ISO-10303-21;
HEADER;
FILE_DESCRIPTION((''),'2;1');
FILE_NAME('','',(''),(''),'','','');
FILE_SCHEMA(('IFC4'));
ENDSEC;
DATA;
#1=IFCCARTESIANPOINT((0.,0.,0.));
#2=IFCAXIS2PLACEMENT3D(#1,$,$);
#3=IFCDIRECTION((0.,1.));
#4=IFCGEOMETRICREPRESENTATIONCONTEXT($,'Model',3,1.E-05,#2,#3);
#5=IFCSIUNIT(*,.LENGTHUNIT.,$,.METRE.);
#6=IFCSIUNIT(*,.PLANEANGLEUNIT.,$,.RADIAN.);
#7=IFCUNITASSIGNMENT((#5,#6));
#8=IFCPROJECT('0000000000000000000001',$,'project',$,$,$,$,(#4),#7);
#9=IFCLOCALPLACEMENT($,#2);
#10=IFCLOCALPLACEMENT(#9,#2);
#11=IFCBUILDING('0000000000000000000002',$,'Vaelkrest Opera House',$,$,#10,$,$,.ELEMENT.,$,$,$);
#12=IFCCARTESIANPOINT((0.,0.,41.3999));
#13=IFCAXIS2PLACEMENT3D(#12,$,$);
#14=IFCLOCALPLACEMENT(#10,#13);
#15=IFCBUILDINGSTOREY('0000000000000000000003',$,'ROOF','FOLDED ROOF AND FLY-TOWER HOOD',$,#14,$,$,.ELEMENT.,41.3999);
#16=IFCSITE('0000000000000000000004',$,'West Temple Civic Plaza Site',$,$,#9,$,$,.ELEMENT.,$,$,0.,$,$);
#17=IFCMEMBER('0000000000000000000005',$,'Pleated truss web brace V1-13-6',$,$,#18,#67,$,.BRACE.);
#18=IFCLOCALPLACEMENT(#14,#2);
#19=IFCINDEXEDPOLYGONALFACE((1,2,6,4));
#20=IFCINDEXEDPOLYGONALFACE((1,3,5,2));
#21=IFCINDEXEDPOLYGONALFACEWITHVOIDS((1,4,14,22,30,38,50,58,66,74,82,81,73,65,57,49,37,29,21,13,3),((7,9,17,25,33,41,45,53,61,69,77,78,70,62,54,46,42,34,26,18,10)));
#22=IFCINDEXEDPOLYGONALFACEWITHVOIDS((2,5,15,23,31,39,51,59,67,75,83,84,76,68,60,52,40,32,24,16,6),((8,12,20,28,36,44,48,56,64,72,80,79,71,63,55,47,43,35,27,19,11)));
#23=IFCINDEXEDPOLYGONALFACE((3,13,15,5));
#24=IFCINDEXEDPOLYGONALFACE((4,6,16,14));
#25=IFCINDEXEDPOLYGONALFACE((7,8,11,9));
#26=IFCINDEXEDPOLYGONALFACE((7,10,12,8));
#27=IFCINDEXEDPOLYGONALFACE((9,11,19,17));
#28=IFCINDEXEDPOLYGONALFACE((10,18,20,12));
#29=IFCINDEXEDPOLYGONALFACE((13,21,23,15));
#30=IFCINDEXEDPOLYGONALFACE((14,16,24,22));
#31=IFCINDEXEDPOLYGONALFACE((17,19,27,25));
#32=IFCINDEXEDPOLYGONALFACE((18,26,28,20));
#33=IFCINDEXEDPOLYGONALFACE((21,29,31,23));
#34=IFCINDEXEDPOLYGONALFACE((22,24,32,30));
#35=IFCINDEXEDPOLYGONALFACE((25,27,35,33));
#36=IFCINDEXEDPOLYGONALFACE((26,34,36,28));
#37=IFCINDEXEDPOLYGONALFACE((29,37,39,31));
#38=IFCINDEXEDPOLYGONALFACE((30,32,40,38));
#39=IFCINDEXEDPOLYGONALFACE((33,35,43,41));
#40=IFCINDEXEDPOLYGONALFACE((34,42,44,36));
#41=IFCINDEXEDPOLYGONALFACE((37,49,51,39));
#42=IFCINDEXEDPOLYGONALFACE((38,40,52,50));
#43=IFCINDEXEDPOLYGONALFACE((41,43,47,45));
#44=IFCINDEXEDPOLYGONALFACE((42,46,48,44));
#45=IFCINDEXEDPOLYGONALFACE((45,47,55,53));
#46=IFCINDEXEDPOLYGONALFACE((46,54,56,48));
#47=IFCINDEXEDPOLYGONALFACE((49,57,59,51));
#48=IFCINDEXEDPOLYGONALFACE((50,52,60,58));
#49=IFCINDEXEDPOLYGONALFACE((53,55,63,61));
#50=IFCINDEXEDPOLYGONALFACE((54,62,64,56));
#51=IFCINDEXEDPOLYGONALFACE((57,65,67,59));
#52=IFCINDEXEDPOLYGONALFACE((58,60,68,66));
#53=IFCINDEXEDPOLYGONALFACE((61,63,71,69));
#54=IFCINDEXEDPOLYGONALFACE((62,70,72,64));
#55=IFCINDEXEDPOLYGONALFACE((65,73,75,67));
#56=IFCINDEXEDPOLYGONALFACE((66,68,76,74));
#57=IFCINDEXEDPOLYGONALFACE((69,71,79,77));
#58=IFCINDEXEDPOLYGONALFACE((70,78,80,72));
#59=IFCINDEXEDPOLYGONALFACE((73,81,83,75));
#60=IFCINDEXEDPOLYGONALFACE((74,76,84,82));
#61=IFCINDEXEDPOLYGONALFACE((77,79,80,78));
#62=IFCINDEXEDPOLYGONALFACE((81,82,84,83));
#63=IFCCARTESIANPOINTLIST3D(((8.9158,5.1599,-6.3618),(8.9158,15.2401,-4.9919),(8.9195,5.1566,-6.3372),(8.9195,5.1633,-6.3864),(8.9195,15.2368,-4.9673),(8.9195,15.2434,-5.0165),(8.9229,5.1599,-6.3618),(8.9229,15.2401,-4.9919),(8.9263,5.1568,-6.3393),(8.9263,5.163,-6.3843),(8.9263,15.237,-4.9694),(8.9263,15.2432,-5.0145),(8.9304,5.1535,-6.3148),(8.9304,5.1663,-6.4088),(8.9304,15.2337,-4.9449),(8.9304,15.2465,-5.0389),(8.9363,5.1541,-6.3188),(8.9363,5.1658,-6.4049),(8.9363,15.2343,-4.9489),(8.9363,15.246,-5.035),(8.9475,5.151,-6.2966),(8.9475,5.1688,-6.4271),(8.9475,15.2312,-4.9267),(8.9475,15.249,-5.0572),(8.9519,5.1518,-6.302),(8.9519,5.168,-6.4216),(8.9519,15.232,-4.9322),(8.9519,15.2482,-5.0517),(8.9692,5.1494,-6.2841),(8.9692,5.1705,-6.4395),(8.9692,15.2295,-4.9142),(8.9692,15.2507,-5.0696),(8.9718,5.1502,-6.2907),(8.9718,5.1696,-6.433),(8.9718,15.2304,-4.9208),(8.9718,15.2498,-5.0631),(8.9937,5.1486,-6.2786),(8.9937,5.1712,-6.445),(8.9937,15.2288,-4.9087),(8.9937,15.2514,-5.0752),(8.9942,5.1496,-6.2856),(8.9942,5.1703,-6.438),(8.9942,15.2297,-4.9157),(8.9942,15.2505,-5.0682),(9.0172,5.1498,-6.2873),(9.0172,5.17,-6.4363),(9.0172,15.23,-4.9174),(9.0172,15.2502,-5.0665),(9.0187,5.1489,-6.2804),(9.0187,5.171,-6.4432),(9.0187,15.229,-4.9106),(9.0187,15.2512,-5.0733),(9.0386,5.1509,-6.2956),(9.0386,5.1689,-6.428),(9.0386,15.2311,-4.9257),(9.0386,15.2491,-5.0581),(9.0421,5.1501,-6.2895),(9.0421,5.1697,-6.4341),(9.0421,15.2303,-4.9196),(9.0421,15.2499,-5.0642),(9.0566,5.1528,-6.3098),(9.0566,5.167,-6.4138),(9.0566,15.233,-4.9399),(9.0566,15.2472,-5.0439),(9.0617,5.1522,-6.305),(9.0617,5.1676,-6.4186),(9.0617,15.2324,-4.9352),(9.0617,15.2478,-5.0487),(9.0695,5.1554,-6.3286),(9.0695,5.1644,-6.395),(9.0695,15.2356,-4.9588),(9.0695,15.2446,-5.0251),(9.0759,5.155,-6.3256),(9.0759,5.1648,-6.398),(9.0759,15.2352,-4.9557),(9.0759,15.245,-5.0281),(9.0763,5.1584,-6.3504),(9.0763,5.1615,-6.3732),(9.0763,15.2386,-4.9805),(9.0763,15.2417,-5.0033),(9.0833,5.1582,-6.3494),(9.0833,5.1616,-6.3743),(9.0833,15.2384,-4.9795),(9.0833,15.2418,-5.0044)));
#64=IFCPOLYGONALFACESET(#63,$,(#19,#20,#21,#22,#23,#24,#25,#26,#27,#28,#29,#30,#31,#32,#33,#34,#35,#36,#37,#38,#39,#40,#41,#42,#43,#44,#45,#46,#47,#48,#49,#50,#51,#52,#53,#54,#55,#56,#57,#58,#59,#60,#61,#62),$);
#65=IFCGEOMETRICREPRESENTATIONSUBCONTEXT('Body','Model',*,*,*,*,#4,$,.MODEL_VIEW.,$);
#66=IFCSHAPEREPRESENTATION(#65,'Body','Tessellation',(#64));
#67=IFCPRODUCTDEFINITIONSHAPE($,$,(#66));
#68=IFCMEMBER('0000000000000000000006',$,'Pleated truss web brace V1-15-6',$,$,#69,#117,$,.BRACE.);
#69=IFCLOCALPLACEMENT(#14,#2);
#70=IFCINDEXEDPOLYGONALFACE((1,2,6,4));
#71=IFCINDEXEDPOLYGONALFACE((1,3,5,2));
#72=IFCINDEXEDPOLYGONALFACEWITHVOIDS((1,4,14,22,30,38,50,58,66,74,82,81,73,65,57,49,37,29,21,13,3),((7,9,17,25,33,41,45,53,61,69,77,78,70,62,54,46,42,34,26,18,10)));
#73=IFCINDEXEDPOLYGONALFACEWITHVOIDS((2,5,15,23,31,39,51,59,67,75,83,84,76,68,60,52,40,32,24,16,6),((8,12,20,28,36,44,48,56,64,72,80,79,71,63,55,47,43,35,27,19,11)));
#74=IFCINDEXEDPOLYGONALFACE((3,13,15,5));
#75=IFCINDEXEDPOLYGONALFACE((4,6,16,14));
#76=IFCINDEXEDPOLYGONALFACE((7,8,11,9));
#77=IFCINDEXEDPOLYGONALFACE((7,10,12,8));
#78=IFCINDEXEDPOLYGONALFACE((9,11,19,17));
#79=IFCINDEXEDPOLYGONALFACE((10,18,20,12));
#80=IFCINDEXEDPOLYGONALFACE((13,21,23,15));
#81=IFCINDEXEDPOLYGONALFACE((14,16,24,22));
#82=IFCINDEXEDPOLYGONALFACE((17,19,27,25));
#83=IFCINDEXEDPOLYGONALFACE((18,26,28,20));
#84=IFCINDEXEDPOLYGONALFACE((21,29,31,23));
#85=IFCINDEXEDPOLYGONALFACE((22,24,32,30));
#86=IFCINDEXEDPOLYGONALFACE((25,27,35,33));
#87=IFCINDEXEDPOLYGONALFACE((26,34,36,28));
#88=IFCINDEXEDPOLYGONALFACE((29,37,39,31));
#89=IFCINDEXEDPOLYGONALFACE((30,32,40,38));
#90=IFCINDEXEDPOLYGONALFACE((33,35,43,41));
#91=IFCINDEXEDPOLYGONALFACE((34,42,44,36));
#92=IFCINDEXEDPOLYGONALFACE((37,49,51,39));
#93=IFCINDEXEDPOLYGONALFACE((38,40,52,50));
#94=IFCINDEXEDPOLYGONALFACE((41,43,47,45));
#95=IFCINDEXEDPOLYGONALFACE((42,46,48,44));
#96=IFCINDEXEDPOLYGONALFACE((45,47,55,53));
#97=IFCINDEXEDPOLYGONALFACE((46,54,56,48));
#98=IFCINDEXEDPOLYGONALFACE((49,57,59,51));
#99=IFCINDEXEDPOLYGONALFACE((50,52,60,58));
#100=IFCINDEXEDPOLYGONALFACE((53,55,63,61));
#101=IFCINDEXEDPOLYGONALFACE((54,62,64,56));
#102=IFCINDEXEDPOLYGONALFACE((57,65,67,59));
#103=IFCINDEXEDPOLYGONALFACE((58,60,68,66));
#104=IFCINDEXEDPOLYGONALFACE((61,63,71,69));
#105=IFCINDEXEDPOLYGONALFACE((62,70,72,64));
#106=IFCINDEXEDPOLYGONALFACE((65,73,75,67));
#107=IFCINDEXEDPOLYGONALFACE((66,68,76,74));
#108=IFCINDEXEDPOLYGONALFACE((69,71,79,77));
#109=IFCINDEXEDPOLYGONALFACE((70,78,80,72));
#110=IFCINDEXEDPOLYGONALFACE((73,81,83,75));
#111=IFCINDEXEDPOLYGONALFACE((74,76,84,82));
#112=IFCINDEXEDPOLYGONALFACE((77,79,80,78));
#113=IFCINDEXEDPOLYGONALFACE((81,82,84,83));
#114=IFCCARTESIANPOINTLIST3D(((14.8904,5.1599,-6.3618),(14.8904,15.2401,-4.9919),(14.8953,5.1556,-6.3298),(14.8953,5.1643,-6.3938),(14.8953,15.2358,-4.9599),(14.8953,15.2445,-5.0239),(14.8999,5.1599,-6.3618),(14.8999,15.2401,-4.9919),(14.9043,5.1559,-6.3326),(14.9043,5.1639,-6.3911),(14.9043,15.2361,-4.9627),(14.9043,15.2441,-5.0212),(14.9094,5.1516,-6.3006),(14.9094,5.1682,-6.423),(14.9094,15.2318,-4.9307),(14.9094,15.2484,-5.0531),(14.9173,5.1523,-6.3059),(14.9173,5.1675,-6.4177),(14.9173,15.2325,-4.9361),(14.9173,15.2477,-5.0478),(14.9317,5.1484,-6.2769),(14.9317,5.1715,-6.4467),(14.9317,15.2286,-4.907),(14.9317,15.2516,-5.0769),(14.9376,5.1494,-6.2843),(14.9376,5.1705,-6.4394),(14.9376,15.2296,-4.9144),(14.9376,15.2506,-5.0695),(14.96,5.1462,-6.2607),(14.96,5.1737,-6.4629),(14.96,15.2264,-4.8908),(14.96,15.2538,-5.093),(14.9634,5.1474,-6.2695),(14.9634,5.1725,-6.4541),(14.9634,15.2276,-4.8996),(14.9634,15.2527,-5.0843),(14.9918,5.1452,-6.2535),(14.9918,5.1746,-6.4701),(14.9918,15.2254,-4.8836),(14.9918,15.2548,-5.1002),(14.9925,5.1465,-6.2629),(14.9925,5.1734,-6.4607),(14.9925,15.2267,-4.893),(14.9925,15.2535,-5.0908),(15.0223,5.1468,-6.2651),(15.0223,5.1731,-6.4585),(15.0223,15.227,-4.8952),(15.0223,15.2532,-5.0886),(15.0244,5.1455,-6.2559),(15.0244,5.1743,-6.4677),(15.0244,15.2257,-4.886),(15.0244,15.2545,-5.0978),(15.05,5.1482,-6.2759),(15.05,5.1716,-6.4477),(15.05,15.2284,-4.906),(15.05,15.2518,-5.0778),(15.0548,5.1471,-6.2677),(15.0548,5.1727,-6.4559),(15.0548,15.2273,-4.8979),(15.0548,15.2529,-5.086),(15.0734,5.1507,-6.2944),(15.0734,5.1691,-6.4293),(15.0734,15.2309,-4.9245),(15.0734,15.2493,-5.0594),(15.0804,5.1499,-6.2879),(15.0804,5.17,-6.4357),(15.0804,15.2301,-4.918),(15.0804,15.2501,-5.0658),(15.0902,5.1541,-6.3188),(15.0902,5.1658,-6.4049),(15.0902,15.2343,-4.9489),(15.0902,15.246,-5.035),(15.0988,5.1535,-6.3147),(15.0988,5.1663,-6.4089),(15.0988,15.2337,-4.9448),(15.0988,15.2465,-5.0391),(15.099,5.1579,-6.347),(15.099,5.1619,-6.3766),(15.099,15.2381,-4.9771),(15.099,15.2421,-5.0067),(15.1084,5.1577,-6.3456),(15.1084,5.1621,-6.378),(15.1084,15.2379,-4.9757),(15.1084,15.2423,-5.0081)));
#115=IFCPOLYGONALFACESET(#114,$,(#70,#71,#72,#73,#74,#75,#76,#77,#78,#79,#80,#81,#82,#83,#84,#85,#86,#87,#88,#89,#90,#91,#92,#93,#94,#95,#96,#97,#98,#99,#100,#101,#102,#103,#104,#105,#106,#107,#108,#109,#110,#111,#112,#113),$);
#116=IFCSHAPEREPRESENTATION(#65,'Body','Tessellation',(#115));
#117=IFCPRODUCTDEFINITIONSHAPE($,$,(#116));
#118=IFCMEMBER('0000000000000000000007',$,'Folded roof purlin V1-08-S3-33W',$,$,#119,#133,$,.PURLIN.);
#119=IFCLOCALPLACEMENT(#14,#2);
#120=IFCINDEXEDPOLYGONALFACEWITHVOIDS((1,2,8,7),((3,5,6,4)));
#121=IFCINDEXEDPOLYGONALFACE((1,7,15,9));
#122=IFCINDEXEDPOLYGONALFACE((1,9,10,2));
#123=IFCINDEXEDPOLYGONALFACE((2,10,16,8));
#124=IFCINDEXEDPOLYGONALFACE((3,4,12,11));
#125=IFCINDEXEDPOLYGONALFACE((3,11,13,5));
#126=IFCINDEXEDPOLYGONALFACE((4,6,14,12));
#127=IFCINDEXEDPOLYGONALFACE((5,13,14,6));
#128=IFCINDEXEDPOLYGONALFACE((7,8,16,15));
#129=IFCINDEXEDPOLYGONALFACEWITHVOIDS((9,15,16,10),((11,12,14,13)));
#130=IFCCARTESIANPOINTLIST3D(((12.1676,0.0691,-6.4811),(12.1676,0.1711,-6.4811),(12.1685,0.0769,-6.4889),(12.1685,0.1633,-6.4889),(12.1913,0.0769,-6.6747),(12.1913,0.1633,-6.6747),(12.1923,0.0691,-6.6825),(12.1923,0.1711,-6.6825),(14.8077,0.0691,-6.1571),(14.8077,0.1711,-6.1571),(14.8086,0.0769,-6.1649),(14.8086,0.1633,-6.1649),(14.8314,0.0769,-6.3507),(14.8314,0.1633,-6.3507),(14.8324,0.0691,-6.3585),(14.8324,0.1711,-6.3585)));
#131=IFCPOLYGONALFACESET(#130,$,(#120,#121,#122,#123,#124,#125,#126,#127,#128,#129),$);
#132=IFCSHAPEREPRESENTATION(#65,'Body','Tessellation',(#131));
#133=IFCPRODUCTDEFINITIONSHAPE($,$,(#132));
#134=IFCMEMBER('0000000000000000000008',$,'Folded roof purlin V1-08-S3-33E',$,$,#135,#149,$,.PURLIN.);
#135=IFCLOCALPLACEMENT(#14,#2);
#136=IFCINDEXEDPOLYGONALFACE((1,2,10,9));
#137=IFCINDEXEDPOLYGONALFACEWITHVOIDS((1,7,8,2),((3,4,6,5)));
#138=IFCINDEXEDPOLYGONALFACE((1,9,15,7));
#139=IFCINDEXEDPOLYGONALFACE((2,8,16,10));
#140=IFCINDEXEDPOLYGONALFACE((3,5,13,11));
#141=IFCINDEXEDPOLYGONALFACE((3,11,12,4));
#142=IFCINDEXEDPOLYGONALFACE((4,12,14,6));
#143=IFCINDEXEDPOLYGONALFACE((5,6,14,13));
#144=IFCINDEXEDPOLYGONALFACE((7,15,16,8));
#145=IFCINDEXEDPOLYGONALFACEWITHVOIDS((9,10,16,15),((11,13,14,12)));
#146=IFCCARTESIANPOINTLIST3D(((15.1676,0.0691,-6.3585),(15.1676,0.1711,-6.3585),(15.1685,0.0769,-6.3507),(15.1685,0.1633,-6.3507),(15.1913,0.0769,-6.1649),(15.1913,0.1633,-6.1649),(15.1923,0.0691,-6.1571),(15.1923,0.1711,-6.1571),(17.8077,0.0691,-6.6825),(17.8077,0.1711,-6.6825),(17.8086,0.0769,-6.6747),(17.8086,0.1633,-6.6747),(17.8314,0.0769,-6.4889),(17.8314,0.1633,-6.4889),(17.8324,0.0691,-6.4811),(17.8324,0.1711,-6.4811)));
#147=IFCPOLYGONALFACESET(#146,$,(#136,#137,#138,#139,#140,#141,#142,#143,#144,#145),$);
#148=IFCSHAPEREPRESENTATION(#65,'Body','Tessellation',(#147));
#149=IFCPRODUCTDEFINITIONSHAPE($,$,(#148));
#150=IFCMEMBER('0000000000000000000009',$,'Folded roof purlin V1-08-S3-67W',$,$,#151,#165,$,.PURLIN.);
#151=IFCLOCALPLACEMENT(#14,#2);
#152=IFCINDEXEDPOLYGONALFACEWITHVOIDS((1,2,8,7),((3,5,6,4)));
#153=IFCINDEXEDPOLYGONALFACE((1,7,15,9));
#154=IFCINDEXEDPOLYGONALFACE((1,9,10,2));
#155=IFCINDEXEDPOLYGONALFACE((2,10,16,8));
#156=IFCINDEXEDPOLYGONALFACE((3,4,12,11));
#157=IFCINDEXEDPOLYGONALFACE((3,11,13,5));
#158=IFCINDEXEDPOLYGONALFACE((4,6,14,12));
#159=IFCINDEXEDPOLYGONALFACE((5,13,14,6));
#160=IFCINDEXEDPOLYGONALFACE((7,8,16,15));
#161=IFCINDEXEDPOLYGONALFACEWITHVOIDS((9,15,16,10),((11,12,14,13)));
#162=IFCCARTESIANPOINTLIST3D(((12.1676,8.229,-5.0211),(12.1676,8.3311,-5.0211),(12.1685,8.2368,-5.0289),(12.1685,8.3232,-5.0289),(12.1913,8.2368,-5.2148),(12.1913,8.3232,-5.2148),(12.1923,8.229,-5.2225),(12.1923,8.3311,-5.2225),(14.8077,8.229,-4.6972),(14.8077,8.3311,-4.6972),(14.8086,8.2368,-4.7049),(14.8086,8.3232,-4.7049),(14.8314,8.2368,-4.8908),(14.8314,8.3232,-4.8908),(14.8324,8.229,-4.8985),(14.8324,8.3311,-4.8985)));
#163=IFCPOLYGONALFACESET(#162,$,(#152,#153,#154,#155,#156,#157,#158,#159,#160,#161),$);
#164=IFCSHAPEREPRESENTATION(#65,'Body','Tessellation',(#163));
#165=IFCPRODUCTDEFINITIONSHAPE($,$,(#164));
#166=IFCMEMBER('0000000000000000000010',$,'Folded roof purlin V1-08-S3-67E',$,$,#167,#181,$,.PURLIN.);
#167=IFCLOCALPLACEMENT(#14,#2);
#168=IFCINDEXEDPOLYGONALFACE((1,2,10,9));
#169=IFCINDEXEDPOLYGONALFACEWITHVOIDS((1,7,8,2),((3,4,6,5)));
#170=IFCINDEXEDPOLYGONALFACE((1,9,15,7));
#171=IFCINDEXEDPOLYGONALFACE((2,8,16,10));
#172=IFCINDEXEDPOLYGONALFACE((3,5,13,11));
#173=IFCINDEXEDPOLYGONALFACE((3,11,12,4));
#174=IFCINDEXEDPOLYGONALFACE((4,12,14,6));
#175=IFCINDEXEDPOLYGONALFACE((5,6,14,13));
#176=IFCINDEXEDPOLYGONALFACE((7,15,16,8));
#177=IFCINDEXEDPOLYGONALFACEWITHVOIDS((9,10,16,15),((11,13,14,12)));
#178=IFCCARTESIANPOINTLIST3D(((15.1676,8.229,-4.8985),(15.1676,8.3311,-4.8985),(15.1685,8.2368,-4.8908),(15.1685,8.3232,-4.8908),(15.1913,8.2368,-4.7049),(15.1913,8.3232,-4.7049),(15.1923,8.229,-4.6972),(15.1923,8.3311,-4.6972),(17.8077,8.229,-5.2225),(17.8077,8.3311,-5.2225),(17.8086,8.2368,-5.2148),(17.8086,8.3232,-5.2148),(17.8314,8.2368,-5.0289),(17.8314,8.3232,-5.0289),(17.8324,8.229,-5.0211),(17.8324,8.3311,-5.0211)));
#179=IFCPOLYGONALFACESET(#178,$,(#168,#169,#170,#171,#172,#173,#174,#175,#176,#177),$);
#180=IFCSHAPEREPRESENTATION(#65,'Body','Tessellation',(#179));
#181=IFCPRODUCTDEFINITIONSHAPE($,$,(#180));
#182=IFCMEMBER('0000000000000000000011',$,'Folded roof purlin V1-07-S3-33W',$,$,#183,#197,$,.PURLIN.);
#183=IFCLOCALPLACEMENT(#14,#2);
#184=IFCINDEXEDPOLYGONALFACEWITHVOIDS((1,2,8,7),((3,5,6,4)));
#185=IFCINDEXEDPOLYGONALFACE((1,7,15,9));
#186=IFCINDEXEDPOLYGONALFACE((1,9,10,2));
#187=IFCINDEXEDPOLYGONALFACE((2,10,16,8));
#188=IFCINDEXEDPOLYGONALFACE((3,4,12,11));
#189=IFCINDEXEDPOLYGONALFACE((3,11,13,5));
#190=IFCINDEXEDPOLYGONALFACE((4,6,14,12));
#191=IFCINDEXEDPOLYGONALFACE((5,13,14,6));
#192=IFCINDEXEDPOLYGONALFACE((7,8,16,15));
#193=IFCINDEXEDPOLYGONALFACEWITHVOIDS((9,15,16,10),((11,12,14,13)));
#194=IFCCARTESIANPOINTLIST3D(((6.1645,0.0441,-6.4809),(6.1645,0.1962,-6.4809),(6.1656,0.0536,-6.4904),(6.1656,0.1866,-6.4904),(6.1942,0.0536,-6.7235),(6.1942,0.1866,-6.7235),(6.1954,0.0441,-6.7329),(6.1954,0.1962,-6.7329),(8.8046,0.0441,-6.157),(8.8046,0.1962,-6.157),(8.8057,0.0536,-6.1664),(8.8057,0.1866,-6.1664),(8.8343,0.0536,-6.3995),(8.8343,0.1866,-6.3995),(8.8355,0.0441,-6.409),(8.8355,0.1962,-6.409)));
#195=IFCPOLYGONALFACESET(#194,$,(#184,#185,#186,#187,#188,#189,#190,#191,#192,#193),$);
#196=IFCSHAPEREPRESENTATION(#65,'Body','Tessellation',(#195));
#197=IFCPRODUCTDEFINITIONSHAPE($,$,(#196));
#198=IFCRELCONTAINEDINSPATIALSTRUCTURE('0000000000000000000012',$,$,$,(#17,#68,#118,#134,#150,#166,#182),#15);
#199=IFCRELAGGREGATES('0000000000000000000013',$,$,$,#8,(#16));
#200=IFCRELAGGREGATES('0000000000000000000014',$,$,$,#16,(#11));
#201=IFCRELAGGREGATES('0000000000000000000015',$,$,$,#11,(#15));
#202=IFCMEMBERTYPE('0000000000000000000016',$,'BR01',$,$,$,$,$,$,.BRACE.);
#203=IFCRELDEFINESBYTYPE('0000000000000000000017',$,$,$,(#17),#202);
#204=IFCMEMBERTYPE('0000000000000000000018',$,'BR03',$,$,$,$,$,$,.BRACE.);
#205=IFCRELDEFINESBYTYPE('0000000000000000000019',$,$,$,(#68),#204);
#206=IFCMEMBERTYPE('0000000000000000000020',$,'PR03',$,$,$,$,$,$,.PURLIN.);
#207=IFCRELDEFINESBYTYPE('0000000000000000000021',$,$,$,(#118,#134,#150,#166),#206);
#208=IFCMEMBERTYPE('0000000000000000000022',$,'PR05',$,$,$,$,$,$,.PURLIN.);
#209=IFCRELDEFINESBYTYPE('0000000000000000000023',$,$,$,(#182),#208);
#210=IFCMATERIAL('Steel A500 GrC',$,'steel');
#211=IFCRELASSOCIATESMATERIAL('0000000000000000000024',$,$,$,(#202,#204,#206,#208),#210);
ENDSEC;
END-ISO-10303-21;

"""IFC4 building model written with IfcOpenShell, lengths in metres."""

from ifc_helpers import new_model, si_unit, direction, frame, origin, origin_2d, place, context, subcontext, project, spatial, hollow_rectangle, hollow_circle, extrude, material, material_profile, profile_set, type_object, element, save


model = new_model("IFC4")

# Units and contexts
model_context = context("Model", 3, precision=1e-05, world=origin(), true_north=direction((0.0, 1.0)))
body_context = subcontext(model_context, "Body", "Model", "MODEL_VIEW")
ifc_project = project(units=[si_unit("LENGTHUNIT", "METRE"), si_unit("PLANEANGLEUNIT", "RADIAN")], contexts=[model_context])

# Site, building, storey
site_placement = place(None, origin())
site = spatial("IfcSite", under=ifc_project, at=site_placement, Name="West Temple Civic Plaza Site", CompositionType="ELEMENT", RefElevation=0.0)
building_placement = place(site_placement, origin())
building = spatial("IfcBuilding", under=site, at=building_placement, Name="Vaelkrest Opera House", CompositionType="ELEMENT")
storey_placement = place(building_placement, frame((0.0, 0.0, 41.3999)))
storey = spatial("IfcBuildingStorey", under=building, at=storey_placement, Name="ROOF", Description="FOLDED ROOF AND FLY-TOWER HOOD", CompositionType="ELEMENT", Elevation=41.3999)

# Members
ifc_material_1 = material(Name="Steel A500 GrC", Category="steel")
ifc_material_profile_1 = material_profile(ifc_material_1, hollow_circle(Radius=0.0842, WallThickness=0.0071, at=origin_2d()), Name="HSS168.3X7.1")
ifc_profile_set_1 = profile_set([ifc_material_profile_1], Name="Steel A500 GrC")
member_type_1 = type_object("IfcMemberType", Name="BR01", PredefinedType="BRACE", material=ifc_profile_set_1)
member_1_placement = place(storey_placement, frame((9.0, 5.1599, -6.3618), z_axis=(0.0, 0.990892, 0.134661), x_axis=(-1.0, 0.0, 0.0)))
element("IfcMember", 1, at=member_1_placement, inside=storey, type_object=member_type_1, Name="Pleated truss web brace V1-13-6", PredefinedType="BRACE", context=body_context, shape_type="SweptSolid", body=[
    extrude(hollow_circle(Radius=0.0842, WallThickness=0.0071, at=origin_2d()), origin(), (0.0, 0.0, 1.0), 10.1729),
])
ifc_material_profile_2 = material_profile(ifc_material_1, hollow_circle(Radius=0.1096, WallThickness=0.0095, at=origin_2d()), Name="HSS219.1X9.5")
ifc_profile_set_2 = profile_set([ifc_material_profile_2], Name="Steel A500 GrC")
member_type_2 = type_object("IfcMemberType", Name="BR03", PredefinedType="BRACE", material=ifc_profile_set_2)
member_2_placement = place(storey_placement, frame((15.0, 5.1599, -6.3618), z_axis=(0.0, 0.990892, 0.134661), x_axis=(-1.0, 0.0, 0.0)))
element("IfcMember", 2, at=member_2_placement, inside=storey, type_object=member_type_2, Name="Pleated truss web brace V1-15-6", PredefinedType="BRACE", context=body_context, shape_type="SweptSolid", body=[
    extrude(hollow_circle(Radius=0.1096, WallThickness=0.0095, at=origin_2d()), origin(), (0.0, 0.0, 1.0), 10.1729),
])
ifc_material_profile_3 = material_profile(ifc_material_1, hollow_rectangle(XDim=0.1021, YDim=0.2029, WallThickness=0.0078, at=origin_2d()), Name="HSS203X102X8")
ifc_profile_set_3 = profile_set([ifc_material_profile_3], Name="Steel A500 GrC")
member_type_3 = type_object("IfcMemberType", Name="PR03", PredefinedType="PURLIN", material=ifc_profile_set_3)
for number, where, z_axis, x_axis, name in (
    (3, (12.1799, 0.1201, -6.5818), (0.992555, 0.0, 0.121798), (0.0, 1.0, 0.0), "Folded roof purlin V1-08-S3-33W"),
    (4, (15.1799, 0.1201, -6.2578), (0.992555, 0.0, -0.121798), (0.0, 1.0, 0.0), "Folded roof purlin V1-08-S3-33E"),
    (5, (12.1799, 8.28, -5.1218), (0.992555, 0.0, 0.121798), (0.0, 1.0, 0.0), "Folded roof purlin V1-08-S3-67W"),
    (6, (15.1799, 8.28, -4.7979), (0.992555, 0.0, -0.121798), (0.0, 1.0, 0.0), "Folded roof purlin V1-08-S3-67E"),
):
    element("IfcMember", number, at=place(storey_placement, frame(where, z_axis=z_axis, x_axis=x_axis)), inside=storey, type_object=member_type_3, Name=name, PredefinedType="PURLIN", context=body_context, shape_type="SweptSolid", body=[
        extrude(hollow_rectangle(XDim=0.1021, YDim=0.2029, WallThickness=0.0078, at=origin_2d()), origin(), (0.0, 0.0, 1.0), 2.6599),
    ])
ifc_material_profile_4 = material_profile(ifc_material_1, hollow_rectangle(XDim=0.1521, YDim=0.2539, WallThickness=0.0095, at=origin_2d()), Name="HSS254X152X9.5")
ifc_profile_set_4 = profile_set([ifc_material_profile_4], Name="Steel A500 GrC")
member_type_4 = type_object("IfcMemberType", Name="PR05", PredefinedType="PURLIN", material=ifc_profile_set_4)
for number, where, z_axis, x_axis, name in (
    (7, (6.1799, 0.1201, -6.6069), (0.992555, 0.0, 0.121798), (0.0, 1.0, 0.0), "Folded roof purlin V1-07-S3-33W"),
):
    element("IfcMember", number, at=place(storey_placement, frame(where, z_axis=z_axis, x_axis=x_axis)), inside=storey, type_object=member_type_4, Name=name, PredefinedType="PURLIN", context=body_context, shape_type="SweptSolid", body=[
        extrude(hollow_rectangle(XDim=0.1521, YDim=0.2539, WallThickness=0.0095, at=origin_2d()), origin(), (0.0, 0.0, 1.0), 2.6599),
    ])

save(model, "model.ifc")
